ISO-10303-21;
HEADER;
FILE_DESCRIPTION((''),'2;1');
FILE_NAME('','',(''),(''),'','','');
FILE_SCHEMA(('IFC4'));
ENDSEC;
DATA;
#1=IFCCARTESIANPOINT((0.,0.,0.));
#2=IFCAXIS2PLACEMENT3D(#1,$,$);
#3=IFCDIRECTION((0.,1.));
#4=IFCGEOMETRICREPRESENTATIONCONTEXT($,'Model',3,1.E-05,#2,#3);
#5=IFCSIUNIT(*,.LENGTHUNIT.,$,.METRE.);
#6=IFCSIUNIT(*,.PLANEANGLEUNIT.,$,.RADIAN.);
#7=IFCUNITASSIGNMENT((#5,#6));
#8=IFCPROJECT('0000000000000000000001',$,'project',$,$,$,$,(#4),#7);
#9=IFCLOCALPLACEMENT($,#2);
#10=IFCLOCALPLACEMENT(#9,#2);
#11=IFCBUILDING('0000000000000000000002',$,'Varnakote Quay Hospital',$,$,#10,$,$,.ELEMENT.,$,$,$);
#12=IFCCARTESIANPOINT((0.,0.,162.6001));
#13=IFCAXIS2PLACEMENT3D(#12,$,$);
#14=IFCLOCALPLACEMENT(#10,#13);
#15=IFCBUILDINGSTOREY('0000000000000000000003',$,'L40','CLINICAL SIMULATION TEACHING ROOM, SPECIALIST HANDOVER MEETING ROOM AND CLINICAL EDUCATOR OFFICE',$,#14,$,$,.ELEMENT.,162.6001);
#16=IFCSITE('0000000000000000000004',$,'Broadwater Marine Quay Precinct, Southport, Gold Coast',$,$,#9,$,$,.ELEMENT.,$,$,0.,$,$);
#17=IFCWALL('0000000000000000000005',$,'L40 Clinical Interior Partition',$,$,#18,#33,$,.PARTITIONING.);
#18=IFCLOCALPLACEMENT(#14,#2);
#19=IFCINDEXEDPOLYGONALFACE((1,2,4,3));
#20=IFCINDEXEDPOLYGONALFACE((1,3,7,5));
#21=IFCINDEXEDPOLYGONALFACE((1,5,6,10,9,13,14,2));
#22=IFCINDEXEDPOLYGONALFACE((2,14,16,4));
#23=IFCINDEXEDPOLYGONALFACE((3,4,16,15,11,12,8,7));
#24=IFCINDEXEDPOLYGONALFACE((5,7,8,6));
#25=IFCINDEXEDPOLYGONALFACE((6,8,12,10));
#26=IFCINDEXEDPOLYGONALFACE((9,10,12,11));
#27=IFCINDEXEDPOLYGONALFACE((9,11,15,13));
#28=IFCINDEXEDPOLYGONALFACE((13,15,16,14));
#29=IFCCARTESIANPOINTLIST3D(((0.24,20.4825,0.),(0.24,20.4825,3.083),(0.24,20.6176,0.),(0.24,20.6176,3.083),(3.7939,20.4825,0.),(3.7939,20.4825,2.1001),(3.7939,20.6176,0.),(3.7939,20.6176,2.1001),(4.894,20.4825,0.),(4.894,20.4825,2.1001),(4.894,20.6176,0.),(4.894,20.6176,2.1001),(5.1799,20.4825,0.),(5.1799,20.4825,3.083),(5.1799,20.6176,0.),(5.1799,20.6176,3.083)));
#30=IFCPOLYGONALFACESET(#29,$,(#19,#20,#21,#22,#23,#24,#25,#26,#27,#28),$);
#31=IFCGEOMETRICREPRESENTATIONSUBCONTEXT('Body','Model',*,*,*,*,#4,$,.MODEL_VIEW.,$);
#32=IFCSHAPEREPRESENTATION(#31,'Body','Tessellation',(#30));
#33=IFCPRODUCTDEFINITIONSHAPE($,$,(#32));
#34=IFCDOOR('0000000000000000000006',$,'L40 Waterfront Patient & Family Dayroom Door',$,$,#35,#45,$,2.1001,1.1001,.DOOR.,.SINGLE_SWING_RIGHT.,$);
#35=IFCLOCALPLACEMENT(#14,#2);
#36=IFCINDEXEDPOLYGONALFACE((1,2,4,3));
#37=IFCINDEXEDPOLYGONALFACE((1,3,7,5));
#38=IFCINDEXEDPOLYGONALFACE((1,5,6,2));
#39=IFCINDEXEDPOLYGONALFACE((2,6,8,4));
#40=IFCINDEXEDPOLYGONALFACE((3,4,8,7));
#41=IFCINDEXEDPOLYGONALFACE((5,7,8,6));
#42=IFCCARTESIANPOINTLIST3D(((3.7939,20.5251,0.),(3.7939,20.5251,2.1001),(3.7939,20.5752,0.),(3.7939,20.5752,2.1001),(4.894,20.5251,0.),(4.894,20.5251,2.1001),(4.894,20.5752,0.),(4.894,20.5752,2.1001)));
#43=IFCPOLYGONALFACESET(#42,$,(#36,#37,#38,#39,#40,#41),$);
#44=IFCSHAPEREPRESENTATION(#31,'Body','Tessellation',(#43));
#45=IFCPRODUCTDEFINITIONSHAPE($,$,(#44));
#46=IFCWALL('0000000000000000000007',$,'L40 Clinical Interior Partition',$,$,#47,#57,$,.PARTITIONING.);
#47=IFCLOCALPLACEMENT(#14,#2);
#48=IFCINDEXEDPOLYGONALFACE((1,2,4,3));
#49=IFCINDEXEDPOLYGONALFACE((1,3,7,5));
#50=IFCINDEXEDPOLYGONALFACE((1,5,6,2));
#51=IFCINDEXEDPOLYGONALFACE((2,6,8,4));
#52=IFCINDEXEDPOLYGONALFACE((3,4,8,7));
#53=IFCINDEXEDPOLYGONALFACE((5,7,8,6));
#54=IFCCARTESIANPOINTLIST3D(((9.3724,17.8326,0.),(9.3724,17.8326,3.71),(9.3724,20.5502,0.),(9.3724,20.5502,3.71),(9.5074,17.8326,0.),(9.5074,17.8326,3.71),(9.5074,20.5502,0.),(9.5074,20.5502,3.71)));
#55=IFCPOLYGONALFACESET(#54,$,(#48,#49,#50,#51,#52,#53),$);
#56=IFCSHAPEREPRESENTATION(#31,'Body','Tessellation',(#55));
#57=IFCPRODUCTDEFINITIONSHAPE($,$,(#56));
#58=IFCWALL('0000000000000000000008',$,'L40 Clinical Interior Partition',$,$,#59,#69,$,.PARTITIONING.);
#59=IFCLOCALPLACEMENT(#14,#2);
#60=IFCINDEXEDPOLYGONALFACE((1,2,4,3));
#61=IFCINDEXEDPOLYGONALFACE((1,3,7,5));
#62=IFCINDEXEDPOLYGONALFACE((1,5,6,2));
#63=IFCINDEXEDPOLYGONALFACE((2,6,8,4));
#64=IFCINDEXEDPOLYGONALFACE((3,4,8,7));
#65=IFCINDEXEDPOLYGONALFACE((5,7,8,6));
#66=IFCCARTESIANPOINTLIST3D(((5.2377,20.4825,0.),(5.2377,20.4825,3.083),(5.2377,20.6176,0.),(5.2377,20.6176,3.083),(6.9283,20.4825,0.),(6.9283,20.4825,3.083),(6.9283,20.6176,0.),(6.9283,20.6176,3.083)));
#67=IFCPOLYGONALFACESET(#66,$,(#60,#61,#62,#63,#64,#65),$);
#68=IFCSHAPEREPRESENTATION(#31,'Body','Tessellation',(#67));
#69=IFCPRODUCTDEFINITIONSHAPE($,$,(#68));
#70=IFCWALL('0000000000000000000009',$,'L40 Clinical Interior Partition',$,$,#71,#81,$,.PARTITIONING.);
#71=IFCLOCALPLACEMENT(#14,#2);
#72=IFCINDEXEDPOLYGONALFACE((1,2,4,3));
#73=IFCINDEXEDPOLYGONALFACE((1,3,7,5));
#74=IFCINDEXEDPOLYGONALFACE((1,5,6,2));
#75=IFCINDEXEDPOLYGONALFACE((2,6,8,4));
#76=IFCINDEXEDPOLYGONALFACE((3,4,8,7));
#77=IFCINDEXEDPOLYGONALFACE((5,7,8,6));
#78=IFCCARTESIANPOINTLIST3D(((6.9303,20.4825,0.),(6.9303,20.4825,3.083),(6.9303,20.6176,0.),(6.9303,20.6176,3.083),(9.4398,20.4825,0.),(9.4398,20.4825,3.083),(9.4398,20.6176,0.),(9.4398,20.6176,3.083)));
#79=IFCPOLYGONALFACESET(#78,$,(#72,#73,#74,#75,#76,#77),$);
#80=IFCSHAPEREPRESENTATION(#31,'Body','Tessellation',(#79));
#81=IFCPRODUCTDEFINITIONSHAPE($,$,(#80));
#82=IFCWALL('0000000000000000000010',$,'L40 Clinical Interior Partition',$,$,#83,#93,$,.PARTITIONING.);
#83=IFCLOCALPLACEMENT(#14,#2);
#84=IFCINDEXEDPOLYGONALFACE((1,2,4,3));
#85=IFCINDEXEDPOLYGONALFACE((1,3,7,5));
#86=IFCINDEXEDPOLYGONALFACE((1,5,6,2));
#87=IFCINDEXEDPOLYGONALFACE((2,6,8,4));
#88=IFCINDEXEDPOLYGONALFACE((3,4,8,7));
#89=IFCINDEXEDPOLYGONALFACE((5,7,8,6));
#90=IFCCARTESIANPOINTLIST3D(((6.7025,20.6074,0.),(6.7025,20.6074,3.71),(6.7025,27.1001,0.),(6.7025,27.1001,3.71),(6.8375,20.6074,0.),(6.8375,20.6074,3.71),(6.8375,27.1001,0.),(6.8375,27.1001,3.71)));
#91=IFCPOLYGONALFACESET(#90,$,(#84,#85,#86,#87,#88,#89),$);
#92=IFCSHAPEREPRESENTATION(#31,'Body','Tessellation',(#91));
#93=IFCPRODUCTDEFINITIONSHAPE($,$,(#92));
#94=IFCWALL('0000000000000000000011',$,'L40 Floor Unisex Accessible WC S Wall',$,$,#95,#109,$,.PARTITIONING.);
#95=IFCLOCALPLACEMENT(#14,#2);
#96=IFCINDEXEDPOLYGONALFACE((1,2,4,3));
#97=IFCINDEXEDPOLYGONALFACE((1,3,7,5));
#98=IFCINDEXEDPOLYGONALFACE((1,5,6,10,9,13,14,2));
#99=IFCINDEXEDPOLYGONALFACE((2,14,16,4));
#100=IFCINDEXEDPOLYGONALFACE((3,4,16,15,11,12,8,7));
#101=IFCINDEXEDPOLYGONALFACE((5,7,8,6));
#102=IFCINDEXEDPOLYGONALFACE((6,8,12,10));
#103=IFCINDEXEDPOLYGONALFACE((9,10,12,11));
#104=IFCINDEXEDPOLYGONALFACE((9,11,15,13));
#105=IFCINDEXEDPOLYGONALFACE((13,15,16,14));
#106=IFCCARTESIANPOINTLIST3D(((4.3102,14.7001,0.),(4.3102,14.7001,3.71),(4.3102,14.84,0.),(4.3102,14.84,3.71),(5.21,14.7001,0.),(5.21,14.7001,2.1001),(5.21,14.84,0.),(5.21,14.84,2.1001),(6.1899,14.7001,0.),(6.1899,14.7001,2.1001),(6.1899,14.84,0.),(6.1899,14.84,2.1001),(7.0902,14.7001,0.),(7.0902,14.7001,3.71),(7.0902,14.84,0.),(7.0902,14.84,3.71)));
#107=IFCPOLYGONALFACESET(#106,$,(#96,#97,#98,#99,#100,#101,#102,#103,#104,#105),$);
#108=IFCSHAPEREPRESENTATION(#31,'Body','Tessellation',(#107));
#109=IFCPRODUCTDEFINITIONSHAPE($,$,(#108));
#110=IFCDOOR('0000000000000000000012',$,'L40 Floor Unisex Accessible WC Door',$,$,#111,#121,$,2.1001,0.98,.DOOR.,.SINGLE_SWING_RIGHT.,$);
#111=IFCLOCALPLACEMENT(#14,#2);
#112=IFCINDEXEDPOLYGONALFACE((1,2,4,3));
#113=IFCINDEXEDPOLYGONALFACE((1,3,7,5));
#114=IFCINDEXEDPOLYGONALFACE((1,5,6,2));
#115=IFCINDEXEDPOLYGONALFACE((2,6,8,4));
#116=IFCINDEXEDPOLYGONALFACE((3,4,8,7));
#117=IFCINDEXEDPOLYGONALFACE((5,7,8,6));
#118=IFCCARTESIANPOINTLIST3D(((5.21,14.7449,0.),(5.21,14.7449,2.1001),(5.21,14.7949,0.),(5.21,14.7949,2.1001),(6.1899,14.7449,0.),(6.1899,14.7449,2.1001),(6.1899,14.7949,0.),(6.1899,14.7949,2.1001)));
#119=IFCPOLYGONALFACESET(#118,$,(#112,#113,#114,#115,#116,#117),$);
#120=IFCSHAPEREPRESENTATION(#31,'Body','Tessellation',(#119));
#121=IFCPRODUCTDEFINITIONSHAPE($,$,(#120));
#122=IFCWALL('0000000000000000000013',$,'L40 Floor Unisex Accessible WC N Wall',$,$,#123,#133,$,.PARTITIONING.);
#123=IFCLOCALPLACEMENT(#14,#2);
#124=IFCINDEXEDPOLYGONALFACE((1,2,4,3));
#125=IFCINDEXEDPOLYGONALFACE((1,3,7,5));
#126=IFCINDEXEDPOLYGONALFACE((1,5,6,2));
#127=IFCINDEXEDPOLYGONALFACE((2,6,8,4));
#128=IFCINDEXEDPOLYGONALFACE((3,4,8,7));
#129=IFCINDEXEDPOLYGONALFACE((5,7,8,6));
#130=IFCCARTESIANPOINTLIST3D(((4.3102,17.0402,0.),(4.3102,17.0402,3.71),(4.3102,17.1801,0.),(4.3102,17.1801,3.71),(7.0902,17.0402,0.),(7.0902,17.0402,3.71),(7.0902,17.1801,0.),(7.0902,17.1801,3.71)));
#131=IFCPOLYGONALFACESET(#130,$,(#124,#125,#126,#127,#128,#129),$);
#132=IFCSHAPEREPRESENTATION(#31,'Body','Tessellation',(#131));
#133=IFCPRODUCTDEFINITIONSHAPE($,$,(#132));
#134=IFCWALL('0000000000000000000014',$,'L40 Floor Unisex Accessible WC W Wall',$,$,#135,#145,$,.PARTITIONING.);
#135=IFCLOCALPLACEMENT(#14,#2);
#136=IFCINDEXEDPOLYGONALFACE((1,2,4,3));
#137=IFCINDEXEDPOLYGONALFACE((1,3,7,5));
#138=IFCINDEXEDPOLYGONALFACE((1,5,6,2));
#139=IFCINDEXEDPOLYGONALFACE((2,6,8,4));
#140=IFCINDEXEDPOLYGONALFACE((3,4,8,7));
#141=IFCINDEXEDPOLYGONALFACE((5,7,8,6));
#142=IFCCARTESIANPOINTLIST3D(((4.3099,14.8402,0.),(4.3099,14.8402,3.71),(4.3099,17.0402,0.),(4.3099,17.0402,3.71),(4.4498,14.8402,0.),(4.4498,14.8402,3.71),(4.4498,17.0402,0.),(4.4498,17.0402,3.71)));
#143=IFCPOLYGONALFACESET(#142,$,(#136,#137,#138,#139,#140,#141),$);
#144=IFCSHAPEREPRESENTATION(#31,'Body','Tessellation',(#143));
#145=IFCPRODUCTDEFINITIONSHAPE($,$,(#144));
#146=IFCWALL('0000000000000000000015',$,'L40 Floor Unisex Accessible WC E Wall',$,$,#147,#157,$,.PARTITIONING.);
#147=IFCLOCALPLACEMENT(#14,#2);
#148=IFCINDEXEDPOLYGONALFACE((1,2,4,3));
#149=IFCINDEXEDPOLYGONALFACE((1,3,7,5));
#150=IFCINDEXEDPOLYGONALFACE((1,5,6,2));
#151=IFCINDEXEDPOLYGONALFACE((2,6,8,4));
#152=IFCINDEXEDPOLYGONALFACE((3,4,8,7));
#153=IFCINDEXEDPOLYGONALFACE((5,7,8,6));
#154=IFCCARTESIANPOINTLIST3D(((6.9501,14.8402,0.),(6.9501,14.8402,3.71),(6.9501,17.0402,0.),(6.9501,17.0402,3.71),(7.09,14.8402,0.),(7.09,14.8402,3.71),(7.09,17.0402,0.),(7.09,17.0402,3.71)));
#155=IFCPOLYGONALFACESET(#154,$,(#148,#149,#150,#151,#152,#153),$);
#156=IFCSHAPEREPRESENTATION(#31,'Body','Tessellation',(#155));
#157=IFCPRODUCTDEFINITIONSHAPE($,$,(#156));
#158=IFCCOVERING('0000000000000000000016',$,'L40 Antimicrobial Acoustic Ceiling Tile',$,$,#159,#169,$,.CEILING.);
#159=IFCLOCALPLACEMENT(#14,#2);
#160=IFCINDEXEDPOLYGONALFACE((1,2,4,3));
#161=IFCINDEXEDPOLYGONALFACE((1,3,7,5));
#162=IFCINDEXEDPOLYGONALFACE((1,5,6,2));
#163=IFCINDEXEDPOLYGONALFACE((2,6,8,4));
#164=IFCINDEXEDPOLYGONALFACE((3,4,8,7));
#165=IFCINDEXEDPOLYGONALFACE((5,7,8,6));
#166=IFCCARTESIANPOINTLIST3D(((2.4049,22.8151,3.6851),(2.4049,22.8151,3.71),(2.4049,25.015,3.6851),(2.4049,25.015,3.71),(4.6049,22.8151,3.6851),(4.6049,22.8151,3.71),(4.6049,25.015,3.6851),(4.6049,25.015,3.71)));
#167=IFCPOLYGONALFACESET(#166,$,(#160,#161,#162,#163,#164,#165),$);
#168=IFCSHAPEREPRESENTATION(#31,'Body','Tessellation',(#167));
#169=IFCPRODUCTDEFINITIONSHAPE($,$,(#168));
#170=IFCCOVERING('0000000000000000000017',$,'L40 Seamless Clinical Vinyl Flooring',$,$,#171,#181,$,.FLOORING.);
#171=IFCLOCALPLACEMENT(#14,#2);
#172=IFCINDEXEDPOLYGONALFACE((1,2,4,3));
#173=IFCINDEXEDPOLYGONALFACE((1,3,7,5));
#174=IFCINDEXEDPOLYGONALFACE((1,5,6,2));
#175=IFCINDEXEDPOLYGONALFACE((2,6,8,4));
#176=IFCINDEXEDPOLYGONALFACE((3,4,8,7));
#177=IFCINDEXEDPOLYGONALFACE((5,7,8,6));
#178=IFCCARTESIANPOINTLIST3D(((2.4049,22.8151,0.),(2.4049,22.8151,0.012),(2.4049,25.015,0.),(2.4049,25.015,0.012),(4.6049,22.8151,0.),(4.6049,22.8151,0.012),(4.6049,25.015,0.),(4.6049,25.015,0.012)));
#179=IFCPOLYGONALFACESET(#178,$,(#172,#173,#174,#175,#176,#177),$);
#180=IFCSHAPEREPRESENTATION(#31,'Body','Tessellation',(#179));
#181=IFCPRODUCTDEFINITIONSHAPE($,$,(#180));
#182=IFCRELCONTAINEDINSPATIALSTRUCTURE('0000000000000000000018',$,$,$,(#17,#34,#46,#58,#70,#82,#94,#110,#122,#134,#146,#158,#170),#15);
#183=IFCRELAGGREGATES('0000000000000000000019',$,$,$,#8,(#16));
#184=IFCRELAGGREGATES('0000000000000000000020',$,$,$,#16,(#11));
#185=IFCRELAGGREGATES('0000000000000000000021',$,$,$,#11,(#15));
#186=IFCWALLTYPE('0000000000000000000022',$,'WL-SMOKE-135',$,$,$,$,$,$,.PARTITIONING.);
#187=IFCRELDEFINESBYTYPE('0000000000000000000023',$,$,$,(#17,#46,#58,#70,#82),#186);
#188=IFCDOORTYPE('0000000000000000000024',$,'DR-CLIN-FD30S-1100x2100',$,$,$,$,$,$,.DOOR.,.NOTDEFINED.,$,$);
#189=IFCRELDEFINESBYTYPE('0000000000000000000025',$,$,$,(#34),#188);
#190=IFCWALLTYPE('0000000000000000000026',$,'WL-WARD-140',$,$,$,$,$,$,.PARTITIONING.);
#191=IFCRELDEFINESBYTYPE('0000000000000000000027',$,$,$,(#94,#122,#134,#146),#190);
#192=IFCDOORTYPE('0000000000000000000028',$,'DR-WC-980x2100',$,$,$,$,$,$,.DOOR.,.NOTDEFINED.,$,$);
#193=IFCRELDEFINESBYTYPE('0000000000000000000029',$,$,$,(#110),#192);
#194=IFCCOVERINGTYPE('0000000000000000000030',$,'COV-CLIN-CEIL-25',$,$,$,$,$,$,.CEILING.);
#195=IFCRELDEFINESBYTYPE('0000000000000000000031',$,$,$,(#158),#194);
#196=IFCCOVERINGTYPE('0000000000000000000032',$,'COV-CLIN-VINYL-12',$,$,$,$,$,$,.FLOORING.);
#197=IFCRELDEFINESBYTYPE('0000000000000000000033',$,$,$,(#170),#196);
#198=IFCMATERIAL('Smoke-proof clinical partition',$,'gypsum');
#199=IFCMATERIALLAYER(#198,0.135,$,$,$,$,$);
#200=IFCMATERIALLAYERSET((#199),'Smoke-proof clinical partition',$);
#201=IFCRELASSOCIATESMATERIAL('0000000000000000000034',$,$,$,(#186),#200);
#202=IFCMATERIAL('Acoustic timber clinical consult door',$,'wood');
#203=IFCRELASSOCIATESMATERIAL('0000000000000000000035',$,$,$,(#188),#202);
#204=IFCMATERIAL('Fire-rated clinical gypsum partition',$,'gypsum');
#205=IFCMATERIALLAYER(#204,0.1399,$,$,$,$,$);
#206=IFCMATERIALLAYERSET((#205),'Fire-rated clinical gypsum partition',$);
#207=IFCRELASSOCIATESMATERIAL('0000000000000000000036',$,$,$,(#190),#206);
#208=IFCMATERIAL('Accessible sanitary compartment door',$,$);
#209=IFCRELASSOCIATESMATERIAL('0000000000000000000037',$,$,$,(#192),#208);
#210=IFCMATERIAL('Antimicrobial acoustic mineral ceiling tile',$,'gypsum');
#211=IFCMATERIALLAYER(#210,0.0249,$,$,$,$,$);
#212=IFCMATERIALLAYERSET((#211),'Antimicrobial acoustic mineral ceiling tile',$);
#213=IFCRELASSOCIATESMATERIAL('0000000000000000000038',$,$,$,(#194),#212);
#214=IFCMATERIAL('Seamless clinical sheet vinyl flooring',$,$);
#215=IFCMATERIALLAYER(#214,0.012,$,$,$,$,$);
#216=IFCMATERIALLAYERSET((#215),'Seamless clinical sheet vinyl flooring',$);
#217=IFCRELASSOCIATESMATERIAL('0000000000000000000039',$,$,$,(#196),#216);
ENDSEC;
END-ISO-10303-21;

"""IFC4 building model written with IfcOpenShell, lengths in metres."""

from ifc_helpers import new_model, si_unit, direction, frame, frame_2d, origin, origin_2d, place, context, subcontext, project, spatial, rectangle, extrude, material, layer, layer_set, type_object, element, fill, save


model = new_model("IFC4")

# Units and contexts
model_context = context("Model", 3, precision=1e-05, world=origin(), true_north=direction((0.0, 1.0)))
body_context = subcontext(model_context, "Body", "Model", "MODEL_VIEW")
ifc_project = project(units=[si_unit("LENGTHUNIT", "METRE"), si_unit("PLANEANGLEUNIT", "RADIAN")], contexts=[model_context])

# Site, building, storey
site_placement = place(None, origin())
site = spatial("IfcSite", under=ifc_project, at=site_placement, Name="Broadwater Marine Quay Precinct, Southport, Gold Coast", CompositionType="ELEMENT", RefElevation=0.0)
building_placement = place(site_placement, origin())
building = spatial("IfcBuilding", under=site, at=building_placement, Name="Varnakote Quay Hospital", CompositionType="ELEMENT")
storey_placement = place(building_placement, frame((0.0, 0.0, 162.6001)))
storey = spatial("IfcBuildingStorey", under=building, at=storey_placement, Name="L40", Description="CLINICAL SIMULATION TEACHING ROOM, SPECIALIST HANDOVER MEETING ROOM AND CLINICAL EDUCATOR OFFICE", CompositionType="ELEMENT", Elevation=162.6001)

# Shared definitions
ifc_material_1 = material(Name="Smoke-proof clinical partition", Category="gypsum")
ifc_layer_1 = layer(ifc_material_1, 0.135)
ifc_layer_set_1 = layer_set([ifc_layer_1], Name="Smoke-proof clinical partition")
wall_type_1 = type_object("IfcWallType", Name="WL-SMOKE-135", PredefinedType="PARTITIONING", material=ifc_layer_set_1)

# Wall, opening, door
wall_1_placement = place(storey_placement, frame((5.1799, 20.55, 0.0), z_axis=(0.0, 0.0, 1.0), x_axis=(-1.0, 0.0, 0.0)))
wall_1 = element("IfcWall", 1, at=wall_1_placement, inside=storey, type_object=wall_type_1, Name="L40 Clinical Interior Partition", PredefinedType="PARTITIONING", context=body_context, shape_type="SweptSolid", body=[
    extrude(rectangle(XDim=4.9399, YDim=0.135, at=frame_2d((2.47, 0.0))), origin(), (0.0, 0.0, 1.0), 3.083),
])
opening_1_placement = place(wall_1_placement, frame((0.2859, 0.0, 0.0)))
opening_1 = element("IfcOpeningElement", 2, at=opening_1_placement, cuts=wall_1, PredefinedType="OPENING", context=body_context, shape_type="SweptSolid", body=[
    extrude(rectangle(XDim=1.1001, YDim=2.1001, at=frame_2d((0.55, 1.05))), frame((0.0, 0.0774, 0.0), z_axis=(0.0, -1.0, 0.0), x_axis=(1.0, 0.0, 0.0)), (0.0, 0.0, 1.0), 0.155),
])
ifc_material_2 = material(Name="Acoustic timber clinical consult door", Category="wood")
door_type_1 = type_object("IfcDoorType", Name="DR-CLIN-FD30S-1100x2100", OperationType="NOTDEFINED", PredefinedType="DOOR", material=ifc_material_2)
door_1_placement = place(opening_1_placement, origin())
door_1 = element("IfcDoor", 3, at=door_1_placement, inside=storey, type_object=door_type_1, Name="L40 Waterfront Patient & Family Dayroom Door", OperationType="SINGLE_SWING_RIGHT", OverallHeight=2.1001, OverallWidth=1.1001, PredefinedType="DOOR", context=body_context, shape_type="SweptSolid", body=[
    extrude(rectangle(XDim=1.1001, YDim=2.1001, at=frame_2d((0.55, 1.05))), frame((0.0, 0.0249, 0.0), z_axis=(0.0, -1.0, 0.0), x_axis=(1.0, 0.0, 0.0)), (0.0, 0.0, 1.0), 0.05),
])
fill(opening_1, door_1)

# Walls
wall_2_placement = place(storey_placement, frame((9.4399, 17.8325, 0.0), z_axis=(0.0, 0.0, 1.0), x_axis=(0.0, 1.0, 0.0)))
element("IfcWall", 4, at=wall_2_placement, inside=storey, type_object=wall_type_1, Name="L40 Clinical Interior Partition", PredefinedType="PARTITIONING", context=body_context, shape_type="SweptSolid", body=[
    extrude(rectangle(XDim=2.7175, YDim=0.135, at=frame_2d((1.3589, 0.0))), origin(), (0.0, 0.0, 1.0), 3.71),
])
wall_3_placement = place(storey_placement, frame((6.9282, 20.55, 0.0), z_axis=(0.0, 0.0, 1.0), x_axis=(-1.0, 0.0, 0.0)))
element("IfcWall", 5, at=wall_3_placement, inside=storey, type_object=wall_type_1, Name="L40 Clinical Interior Partition", PredefinedType="PARTITIONING", context=body_context, shape_type="SweptSolid", body=[
    extrude(rectangle(XDim=1.6907, YDim=0.135, at=frame_2d((0.8452, 0.0))), origin(), (0.0, 0.0, 1.0), 3.083),
])
wall_4_placement = place(storey_placement, frame((9.4399, 20.55, 0.0), z_axis=(0.0, 0.0, 1.0), x_axis=(-1.0, 0.0, 0.0)))
element("IfcWall", 6, at=wall_4_placement, inside=storey, type_object=wall_type_1, Name="L40 Clinical Interior Partition", PredefinedType="PARTITIONING", context=body_context, shape_type="SweptSolid", body=[
    extrude(rectangle(XDim=2.5095, YDim=0.135, at=frame_2d((1.2549, 0.0))), origin(), (0.0, 0.0, 1.0), 3.083),
])
wall_5_placement = place(storey_placement, frame((6.77, 20.6074, 0.0), z_axis=(0.0, 0.0, 1.0), x_axis=(0.0, 1.0, 0.0)))
element("IfcWall", 7, at=wall_5_placement, inside=storey, type_object=wall_type_1, Name="L40 Clinical Interior Partition", PredefinedType="PARTITIONING", context=body_context, shape_type="SweptSolid", body=[
    extrude(rectangle(XDim=6.4927, YDim=0.135, at=frame_2d((3.2463, 0.0))), origin(), (0.0, 0.0, 1.0), 3.71),
])

# Wall, opening, door
ifc_material_3 = material(Name="Fire-rated clinical gypsum partition", Category="gypsum")
ifc_layer_2 = layer(ifc_material_3, 0.1399)
ifc_layer_set_2 = layer_set([ifc_layer_2], Name="Fire-rated clinical gypsum partition")
wall_type_2 = type_object("IfcWallType", Name="WL-WARD-140", PredefinedType="PARTITIONING", material=ifc_layer_set_2)
wall_6_placement = place(storey_placement, frame((4.3101, 14.77, 0.0), z_axis=(0.0, 0.0, 1.0), x_axis=(1.0, 0.0, 0.0)))
wall_6 = element("IfcWall", 8, at=wall_6_placement, inside=storey, type_object=wall_type_2, Name="L40 Floor Unisex Accessible WC S Wall", PredefinedType="PARTITIONING", context=body_context, shape_type="SweptSolid", body=[
    extrude(rectangle(XDim=2.78, YDim=0.1399, at=frame_2d((1.3901, 0.0))), origin(), (0.0, 0.0, 1.0), 3.71),
])
opening_2_placement = place(wall_6_placement, frame((0.8999, 0.0, 0.0)))
opening_2 = element("IfcOpeningElement", 9, at=opening_2_placement, cuts=wall_6, PredefinedType="OPENING", context=body_context, shape_type="SweptSolid", body=[
    extrude(rectangle(XDim=0.98, YDim=2.1001, at=frame_2d((0.49, 1.05))), frame((0.0, 0.0798, 0.0), z_axis=(0.0, -1.0, 0.0), x_axis=(1.0, 0.0, 0.0)), (0.0, 0.0, 1.0), 0.1599),
])
ifc_material_4 = material(Name="Accessible sanitary compartment door")
door_type_2 = type_object("IfcDoorType", Name="DR-WC-980x2100", OperationType="NOTDEFINED", PredefinedType="DOOR", material=ifc_material_4)
door_2_placement = place(opening_2_placement, origin())
door_2 = element("IfcDoor", 10, at=door_2_placement, inside=storey, type_object=door_type_2, Name="L40 Floor Unisex Accessible WC Door", OperationType="SINGLE_SWING_RIGHT", OverallHeight=2.1001, OverallWidth=0.98, PredefinedType="DOOR", context=body_context, shape_type="SweptSolid", body=[
    extrude(rectangle(XDim=0.98, YDim=2.1001, at=frame_2d((0.49, 1.05))), frame((0.0, 0.0249, 0.0), z_axis=(0.0, -1.0, 0.0), x_axis=(1.0, 0.0, 0.0)), (0.0, 0.0, 1.0), 0.05),
])
fill(opening_2, door_2)

# Walls
wall_7_placement = place(storey_placement, frame((4.3101, 17.1101, 0.0), z_axis=(0.0, 0.0, 1.0), x_axis=(1.0, 0.0, 0.0)))
element("IfcWall", 11, at=wall_7_placement, inside=storey, type_object=wall_type_2, Name="L40 Floor Unisex Accessible WC N Wall", PredefinedType="PARTITIONING", context=body_context, shape_type="SweptSolid", body=[
    extrude(rectangle(XDim=2.78, YDim=0.1399, at=frame_2d((1.3901, 0.0))), origin(), (0.0, 0.0, 1.0), 3.71),
])
for number, where, z_axis, x_axis, name in (
    (12, (4.3799, 14.8401, 0.0), (0.0, 0.0, 1.0), (0.0, 1.0, 0.0), "L40 Floor Unisex Accessible WC W Wall"),
    (13, (7.02, 14.8401, 0.0), (0.0, 0.0, 1.0), (0.0, 1.0, 0.0), "L40 Floor Unisex Accessible WC E Wall"),
):
    element("IfcWall", number, at=place(storey_placement, frame(where, z_axis=z_axis, x_axis=x_axis)), inside=storey, type_object=wall_type_2, Name=name, PredefinedType="PARTITIONING", context=body_context, shape_type="SweptSolid", body=[
        extrude(rectangle(XDim=2.2, YDim=0.1399, at=frame_2d((1.1001, 0.0))), origin(), (0.0, 0.0, 1.0), 3.71),
    ])

# Coverings
ifc_material_5 = material(Name="Antimicrobial acoustic mineral ceiling tile", Category="gypsum")
ifc_layer_3 = layer(ifc_material_5, 0.0249)
ifc_layer_set_3 = layer_set([ifc_layer_3], Name="Antimicrobial acoustic mineral ceiling tile")
covering_type_1 = type_object("IfcCoveringType", Name="COV-CLIN-CEIL-25", PredefinedType="CEILING", material=ifc_layer_set_3)
covering_1_placement = place(storey_placement, frame((3.5049, 23.915, 3.6851), z_axis=(0.0, 0.0, 1.0), x_axis=(1.0, 0.0, 0.0)))
element("IfcCovering", 14, at=covering_1_placement, inside=storey, type_object=covering_type_1, Name="L40 Antimicrobial Acoustic Ceiling Tile", PredefinedType="CEILING", context=body_context, shape_type="SweptSolid", body=[
    extrude(rectangle(XDim=2.2, YDim=2.2, at=origin_2d()), origin(), (0.0, 0.0, 1.0), 0.0249),
])
ifc_material_6 = material(Name="Seamless clinical sheet vinyl flooring")
ifc_layer_4 = layer(ifc_material_6, 0.012)
ifc_layer_set_4 = layer_set([ifc_layer_4], Name="Seamless clinical sheet vinyl flooring")
covering_type_2 = type_object("IfcCoveringType", Name="COV-CLIN-VINYL-12", PredefinedType="FLOORING", material=ifc_layer_set_4)
covering_2_placement = place(storey_placement, frame((3.5049, 23.915, 0.0), z_axis=(0.0, 0.0, 1.0), x_axis=(1.0, 0.0, 0.0)))
element("IfcCovering", 15, at=covering_2_placement, inside=storey, type_object=covering_type_2, Name="L40 Seamless Clinical Vinyl Flooring", PredefinedType="FLOORING", context=body_context, shape_type="SweptSolid", body=[
    extrude(rectangle(XDim=2.2, YDim=2.2, at=origin_2d()), origin(), (0.0, 0.0, 1.0), 0.012),
])

save(model, "model.ifc")
